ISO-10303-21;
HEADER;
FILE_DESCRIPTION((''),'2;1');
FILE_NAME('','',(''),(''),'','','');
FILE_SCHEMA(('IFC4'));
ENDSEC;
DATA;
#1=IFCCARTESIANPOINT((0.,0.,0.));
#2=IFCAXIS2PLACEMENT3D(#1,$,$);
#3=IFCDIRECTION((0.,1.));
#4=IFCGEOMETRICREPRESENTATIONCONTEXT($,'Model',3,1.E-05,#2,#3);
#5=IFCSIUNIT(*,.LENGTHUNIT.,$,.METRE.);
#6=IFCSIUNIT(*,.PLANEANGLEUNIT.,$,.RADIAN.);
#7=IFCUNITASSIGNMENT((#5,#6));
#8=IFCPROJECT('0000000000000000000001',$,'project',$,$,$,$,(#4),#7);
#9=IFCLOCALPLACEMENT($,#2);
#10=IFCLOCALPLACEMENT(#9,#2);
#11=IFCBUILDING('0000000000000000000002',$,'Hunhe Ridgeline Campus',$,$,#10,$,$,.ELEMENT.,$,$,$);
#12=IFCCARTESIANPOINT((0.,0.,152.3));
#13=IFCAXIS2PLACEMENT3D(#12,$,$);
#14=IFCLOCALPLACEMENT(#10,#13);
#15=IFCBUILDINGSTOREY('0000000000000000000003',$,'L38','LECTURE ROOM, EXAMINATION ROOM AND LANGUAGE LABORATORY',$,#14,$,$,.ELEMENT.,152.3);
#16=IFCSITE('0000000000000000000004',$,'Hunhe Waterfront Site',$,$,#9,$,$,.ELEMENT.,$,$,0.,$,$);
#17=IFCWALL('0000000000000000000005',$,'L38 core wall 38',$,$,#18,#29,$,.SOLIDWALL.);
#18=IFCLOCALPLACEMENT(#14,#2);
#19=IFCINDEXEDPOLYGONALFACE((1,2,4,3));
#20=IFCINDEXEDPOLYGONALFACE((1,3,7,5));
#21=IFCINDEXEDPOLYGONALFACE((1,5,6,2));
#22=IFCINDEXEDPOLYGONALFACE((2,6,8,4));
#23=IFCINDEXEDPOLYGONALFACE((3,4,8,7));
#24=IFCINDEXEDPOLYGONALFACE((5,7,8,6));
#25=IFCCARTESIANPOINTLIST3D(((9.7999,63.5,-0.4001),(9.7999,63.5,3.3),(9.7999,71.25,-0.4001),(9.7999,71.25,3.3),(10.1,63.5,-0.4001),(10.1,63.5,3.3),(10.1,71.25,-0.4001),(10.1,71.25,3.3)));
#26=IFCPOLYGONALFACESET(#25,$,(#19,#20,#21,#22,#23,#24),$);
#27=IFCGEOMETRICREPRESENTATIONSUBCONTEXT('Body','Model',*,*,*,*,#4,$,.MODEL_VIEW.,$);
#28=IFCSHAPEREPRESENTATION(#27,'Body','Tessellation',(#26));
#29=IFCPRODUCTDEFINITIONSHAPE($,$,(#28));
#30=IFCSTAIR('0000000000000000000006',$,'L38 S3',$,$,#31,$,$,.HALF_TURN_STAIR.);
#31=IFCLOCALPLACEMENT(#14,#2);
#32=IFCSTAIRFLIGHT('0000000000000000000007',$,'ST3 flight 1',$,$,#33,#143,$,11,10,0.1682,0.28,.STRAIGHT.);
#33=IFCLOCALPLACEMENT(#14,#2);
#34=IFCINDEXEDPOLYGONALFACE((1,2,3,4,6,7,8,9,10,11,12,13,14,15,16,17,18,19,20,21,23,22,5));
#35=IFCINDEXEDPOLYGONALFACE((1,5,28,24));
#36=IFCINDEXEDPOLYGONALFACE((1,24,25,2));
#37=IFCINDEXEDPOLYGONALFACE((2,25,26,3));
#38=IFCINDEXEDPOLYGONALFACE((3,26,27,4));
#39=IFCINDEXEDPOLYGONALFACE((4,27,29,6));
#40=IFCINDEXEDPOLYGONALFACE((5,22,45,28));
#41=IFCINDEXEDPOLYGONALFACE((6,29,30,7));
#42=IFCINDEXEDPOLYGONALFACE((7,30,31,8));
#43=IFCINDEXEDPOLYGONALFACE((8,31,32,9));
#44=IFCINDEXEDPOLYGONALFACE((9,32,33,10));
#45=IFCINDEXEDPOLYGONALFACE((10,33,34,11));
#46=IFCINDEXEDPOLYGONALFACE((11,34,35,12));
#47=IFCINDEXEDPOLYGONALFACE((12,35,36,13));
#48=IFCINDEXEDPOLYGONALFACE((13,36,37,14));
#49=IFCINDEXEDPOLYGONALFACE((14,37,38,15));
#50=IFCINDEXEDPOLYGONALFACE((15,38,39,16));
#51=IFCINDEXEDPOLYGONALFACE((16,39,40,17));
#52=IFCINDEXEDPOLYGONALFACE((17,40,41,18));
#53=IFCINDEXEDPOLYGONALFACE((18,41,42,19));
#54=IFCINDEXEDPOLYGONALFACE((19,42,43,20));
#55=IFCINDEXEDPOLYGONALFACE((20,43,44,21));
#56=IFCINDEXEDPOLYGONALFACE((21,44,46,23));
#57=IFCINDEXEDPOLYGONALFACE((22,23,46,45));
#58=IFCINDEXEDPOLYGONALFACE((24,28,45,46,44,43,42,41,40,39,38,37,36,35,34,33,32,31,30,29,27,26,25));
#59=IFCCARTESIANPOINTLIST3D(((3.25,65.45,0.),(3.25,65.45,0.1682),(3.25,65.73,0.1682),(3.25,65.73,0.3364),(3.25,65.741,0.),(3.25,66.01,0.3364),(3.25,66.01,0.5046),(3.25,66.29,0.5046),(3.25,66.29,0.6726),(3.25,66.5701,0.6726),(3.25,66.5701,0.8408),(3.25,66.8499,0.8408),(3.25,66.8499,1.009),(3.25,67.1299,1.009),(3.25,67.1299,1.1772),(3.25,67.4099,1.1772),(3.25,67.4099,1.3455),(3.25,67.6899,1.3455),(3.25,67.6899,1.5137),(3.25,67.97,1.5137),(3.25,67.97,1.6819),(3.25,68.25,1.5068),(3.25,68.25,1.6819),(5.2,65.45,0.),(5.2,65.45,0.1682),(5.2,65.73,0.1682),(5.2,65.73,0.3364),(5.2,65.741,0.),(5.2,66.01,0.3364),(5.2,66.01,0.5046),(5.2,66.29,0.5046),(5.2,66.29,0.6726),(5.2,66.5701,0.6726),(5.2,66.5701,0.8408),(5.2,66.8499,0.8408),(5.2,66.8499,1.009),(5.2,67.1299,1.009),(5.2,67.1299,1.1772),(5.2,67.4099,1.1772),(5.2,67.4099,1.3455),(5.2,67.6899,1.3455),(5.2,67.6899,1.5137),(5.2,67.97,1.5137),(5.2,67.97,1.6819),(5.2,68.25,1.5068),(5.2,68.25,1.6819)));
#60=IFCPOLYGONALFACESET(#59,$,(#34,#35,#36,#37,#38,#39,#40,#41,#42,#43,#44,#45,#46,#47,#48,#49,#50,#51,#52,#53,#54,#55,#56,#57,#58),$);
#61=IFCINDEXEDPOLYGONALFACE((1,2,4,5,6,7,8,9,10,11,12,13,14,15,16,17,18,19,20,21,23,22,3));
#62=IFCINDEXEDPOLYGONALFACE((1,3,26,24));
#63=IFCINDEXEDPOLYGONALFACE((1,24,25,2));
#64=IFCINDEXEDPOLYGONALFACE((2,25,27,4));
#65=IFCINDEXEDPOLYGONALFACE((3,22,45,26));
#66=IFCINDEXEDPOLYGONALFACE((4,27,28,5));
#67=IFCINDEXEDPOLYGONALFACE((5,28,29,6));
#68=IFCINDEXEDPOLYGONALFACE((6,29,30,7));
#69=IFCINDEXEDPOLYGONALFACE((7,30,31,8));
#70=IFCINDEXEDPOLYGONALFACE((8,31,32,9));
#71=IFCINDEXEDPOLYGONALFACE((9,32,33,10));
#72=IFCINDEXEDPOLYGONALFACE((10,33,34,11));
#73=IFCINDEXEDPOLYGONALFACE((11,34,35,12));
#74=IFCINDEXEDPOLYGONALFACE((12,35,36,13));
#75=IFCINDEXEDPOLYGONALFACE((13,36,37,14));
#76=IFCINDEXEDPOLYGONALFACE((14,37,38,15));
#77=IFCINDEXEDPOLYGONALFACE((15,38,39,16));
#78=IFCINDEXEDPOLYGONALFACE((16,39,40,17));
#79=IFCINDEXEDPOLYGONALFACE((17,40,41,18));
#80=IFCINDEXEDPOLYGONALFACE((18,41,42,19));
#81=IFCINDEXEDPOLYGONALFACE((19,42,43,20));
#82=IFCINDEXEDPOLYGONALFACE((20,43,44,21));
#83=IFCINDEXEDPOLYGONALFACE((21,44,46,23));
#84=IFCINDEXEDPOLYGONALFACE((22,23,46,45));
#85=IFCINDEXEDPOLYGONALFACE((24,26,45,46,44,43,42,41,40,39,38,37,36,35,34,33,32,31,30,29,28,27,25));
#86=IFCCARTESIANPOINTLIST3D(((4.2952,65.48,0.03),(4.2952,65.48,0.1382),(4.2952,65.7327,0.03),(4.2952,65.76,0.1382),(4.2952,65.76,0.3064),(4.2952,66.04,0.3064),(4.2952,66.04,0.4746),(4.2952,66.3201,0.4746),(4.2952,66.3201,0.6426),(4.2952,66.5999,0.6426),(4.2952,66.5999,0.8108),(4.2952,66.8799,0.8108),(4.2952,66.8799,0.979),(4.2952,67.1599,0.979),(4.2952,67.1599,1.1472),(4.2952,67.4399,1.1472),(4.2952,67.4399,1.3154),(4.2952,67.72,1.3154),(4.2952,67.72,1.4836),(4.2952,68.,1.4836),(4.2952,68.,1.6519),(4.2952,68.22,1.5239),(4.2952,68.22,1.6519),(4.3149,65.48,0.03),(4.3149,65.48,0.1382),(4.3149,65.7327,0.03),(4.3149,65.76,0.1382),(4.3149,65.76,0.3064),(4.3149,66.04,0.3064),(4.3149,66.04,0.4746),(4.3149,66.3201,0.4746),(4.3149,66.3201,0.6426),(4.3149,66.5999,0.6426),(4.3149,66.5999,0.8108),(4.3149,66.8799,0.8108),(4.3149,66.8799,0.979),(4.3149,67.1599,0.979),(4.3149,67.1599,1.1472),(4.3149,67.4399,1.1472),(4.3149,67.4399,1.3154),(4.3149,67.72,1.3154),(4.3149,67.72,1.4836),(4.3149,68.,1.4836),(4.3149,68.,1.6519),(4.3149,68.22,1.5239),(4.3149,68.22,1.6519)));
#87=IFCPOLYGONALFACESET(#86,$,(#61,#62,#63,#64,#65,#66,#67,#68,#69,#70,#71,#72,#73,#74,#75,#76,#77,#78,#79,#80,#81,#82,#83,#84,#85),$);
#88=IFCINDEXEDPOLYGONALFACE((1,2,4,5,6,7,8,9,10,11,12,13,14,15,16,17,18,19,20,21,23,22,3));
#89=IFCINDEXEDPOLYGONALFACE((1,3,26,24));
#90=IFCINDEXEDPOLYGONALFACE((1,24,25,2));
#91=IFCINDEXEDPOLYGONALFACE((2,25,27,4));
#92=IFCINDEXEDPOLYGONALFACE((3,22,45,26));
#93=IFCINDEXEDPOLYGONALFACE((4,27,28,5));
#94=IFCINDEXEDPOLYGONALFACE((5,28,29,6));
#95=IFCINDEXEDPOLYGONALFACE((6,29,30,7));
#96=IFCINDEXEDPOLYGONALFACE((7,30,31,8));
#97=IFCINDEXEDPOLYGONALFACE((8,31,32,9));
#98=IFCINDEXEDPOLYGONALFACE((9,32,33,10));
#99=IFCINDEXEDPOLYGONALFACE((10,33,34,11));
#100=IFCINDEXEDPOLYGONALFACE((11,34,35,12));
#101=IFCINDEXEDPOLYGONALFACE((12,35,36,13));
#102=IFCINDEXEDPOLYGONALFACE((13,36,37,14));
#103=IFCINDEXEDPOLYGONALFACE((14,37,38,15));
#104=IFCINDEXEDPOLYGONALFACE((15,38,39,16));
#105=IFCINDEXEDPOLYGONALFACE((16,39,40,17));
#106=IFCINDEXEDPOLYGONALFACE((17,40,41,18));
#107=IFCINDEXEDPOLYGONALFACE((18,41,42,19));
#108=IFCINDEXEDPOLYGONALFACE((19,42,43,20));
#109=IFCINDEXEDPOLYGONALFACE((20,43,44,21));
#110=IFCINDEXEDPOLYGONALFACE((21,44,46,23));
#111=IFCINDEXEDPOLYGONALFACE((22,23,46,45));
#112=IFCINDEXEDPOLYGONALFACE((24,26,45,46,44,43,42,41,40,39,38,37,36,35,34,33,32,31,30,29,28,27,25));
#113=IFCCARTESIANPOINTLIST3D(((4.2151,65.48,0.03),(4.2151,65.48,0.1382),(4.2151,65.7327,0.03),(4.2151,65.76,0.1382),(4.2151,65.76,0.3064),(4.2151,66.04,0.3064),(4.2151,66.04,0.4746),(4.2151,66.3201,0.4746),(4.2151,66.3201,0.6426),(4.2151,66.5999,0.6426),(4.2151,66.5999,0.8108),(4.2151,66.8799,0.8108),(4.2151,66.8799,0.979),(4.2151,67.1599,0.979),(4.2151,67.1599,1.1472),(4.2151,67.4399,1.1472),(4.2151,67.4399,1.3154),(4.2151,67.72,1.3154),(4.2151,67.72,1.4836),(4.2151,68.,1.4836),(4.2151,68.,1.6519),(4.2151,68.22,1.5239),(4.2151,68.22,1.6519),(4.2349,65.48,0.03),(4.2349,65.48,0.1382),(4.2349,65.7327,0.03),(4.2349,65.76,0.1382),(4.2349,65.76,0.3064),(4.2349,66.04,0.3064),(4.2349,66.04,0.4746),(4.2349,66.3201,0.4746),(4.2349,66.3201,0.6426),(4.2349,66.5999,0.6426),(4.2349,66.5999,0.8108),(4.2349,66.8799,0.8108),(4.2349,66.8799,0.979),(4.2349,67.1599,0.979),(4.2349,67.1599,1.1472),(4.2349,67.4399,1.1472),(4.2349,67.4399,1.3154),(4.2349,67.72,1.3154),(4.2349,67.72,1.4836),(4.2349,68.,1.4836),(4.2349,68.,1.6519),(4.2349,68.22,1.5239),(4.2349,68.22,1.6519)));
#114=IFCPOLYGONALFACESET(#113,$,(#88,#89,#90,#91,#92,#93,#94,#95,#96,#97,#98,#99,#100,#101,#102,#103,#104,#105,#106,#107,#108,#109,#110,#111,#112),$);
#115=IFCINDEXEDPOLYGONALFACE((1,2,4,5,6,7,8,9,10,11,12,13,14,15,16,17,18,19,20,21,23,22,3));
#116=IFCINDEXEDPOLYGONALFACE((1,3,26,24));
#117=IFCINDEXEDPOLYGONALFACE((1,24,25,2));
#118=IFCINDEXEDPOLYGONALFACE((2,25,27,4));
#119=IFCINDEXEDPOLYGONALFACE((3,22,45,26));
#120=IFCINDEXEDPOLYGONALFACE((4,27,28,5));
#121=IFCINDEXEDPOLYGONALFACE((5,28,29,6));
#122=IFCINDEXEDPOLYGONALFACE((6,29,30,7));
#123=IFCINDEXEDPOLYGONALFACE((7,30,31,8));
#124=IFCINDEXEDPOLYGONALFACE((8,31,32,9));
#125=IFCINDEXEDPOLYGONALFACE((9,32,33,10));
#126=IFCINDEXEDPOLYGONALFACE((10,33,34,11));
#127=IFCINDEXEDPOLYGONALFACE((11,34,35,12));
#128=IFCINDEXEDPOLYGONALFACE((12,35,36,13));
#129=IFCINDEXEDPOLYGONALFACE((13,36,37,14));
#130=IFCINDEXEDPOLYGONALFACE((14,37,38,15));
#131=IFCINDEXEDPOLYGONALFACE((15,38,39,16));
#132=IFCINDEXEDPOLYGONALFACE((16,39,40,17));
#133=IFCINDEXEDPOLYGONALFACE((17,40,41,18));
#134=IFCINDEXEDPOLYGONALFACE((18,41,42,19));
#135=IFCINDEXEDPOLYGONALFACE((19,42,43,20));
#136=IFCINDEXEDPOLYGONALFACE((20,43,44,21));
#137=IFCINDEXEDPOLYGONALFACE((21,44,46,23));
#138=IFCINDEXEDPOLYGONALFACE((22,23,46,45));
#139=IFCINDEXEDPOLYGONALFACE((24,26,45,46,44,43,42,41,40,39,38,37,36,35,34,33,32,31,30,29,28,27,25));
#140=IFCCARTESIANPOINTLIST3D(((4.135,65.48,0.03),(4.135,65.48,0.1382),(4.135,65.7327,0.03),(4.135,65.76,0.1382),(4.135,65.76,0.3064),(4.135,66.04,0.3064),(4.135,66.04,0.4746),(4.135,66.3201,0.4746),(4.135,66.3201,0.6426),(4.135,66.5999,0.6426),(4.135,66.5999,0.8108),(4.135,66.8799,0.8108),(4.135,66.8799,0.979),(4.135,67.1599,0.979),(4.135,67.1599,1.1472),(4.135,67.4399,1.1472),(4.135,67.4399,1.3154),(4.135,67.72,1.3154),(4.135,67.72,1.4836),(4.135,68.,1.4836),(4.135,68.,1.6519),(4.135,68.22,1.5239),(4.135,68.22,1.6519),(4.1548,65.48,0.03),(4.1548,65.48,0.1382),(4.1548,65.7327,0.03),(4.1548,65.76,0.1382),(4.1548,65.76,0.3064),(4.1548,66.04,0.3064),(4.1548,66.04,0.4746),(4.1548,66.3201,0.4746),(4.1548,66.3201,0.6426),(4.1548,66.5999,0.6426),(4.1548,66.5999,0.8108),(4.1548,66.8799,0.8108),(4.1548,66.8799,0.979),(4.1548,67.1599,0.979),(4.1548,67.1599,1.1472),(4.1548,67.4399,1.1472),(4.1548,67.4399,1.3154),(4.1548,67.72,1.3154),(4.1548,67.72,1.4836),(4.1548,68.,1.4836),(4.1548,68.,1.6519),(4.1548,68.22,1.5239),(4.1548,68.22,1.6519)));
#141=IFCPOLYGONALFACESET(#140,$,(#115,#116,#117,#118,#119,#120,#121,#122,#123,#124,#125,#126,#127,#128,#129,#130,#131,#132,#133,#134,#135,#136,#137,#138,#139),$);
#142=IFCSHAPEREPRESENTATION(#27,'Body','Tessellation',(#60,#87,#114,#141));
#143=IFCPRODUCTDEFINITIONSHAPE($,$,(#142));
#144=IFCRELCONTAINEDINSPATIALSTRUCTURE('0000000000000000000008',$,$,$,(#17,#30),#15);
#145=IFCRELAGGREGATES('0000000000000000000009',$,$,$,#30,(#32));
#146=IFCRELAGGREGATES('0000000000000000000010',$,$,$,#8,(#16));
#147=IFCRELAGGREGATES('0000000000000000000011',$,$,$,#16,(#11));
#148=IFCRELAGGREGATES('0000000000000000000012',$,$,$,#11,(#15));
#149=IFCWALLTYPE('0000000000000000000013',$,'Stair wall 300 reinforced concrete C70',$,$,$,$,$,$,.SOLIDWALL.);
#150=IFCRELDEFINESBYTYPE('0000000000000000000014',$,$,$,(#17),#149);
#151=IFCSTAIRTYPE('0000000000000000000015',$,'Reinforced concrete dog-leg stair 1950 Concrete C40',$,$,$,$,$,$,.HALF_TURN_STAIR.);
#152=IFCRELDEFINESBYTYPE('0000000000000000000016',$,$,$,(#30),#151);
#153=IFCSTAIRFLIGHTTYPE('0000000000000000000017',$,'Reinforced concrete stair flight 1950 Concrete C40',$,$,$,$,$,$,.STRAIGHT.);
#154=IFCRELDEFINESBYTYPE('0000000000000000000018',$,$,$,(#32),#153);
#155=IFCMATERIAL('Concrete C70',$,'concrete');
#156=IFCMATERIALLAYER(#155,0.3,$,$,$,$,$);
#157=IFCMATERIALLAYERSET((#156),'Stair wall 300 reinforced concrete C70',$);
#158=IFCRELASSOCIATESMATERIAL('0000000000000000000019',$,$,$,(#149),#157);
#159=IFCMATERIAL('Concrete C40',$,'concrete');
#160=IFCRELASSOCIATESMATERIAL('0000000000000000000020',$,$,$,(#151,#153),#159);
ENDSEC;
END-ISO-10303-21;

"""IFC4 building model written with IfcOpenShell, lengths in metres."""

from ifc_helpers import new_model, si_unit, direction, frame, frame_2d, origin, place, context, subcontext, project, spatial, polyline, rectangle, outline, extrude, material, layer, layer_set, type_object, element, aggregate, save


model = new_model("IFC4")

# Units and contexts
model_context = context("Model", 3, precision=1e-05, world=origin(), true_north=direction((0.0, 1.0)))
body_context = subcontext(model_context, "Body", "Model", "MODEL_VIEW")
ifc_project = project(units=[si_unit("LENGTHUNIT", "METRE"), si_unit("PLANEANGLEUNIT", "RADIAN")], contexts=[model_context])

# Site, building, storey
site_placement = place(None, origin())
site = spatial("IfcSite", under=ifc_project, at=site_placement, Name="Hunhe Waterfront Site", CompositionType="ELEMENT", RefElevation=0.0)
building_placement = place(site_placement, origin())
building = spatial("IfcBuilding", under=site, at=building_placement, Name="Hunhe Ridgeline Campus", CompositionType="ELEMENT")
storey_placement = place(building_placement, frame((0.0, 0.0, 152.3)))
storey = spatial("IfcBuildingStorey", under=building, at=storey_placement, Name="L38", Description="LECTURE ROOM, EXAMINATION ROOM AND LANGUAGE LABORATORY", CompositionType="ELEMENT", Elevation=152.3)

# Shared definitions
ifc_material_1 = material(Name="Concrete C70", Category="concrete")

# Shared definitions
ifc_layer_1 = layer(ifc_material_1, 0.3)
ifc_layer_set_1 = layer_set([ifc_layer_1], Name="Stair wall 300 reinforced concrete C70")
wall_type_1 = type_object("IfcWallType", Name="Stair wall 300 reinforced concrete C70", PredefinedType="SOLIDWALL", material=ifc_layer_set_1)

# Wall
wall_1_placement = place(storey_placement, frame((9.95, 63.5, -0.4001), z_axis=(0.0, 0.0, 1.0), x_axis=(0.0, 1.0, 0.0)))
element("IfcWall", 1, at=wall_1_placement, inside=storey, type_object=wall_type_1, Name="L38 core wall 38", PredefinedType="SOLIDWALL", context=body_context, shape_type="SweptSolid", body=[
    extrude(rectangle(XDim=7.75, YDim=0.3, at=frame_2d((3.875, 0.0))), origin(), (0.0, 0.0, 1.0), 3.7002),
])

# Stair, stair flight
ifc_material_2 = material(Name="Concrete C40", Category="concrete")
stair_type = type_object("IfcStairType", Name="Reinforced concrete dog-leg stair 1950 Concrete C40", PredefinedType="HALF_TURN_STAIR", material=ifc_material_2)
stair_1_placement = place(storey_placement, origin())
stair_1 = element("IfcStair", 2, at=stair_1_placement, inside=storey, type_object=stair_type, Name="L38 S3", PredefinedType="HALF_TURN_STAIR")
stair_flight_type = type_object("IfcStairFlightType", Name="Reinforced concrete stair flight 1950 Concrete C40", PredefinedType="STRAIGHT", material=ifc_material_2)
stair_flight_1_placement = place(storey_placement, frame((4.2251, 65.45, 0.0), z_axis=(0.0, 0.0, 1.0), x_axis=(0.0, 1.0, 0.0)))
stair_flight_1 = element("IfcStairFlight", 3, at=stair_flight_1_placement, type_object=stair_flight_type, Name="ST3 flight 1", NumberOfRisers=11, NumberOfTreads=10, PredefinedType="STRAIGHT", RiserHeight=0.1682, TreadLength=0.28, context=body_context, shape_type="SweptSolid", body=[
    extrude(outline(polyline([(0.0, 0.0), (0.0, 0.1682), (0.28, 0.1682), (0.28, 0.3364), (0.5601, 0.3364), (0.5601, 0.5046), (0.8401, 0.5046), (0.8401, 0.6726), (1.1201, 0.6726), (1.1201, 0.8408), (1.3999, 0.8408), (1.3999, 1.009), (1.6799, 1.009), (1.6799, 1.1772), (1.96, 1.1772), (1.96, 1.3455), (2.24, 1.3455), (2.24, 1.5137), (2.52, 1.5137), (2.52, 1.6819), (2.8, 1.6819), (2.8, 1.8501), (2.8, 1.5068), (0.291, 0.0), (0.0, 0.0)])), frame((0.0, 0.9751, 0.0), z_axis=(0.0, -1.0, 0.0), x_axis=(1.0, 0.0, 0.0)), (0.0, 0.0, 1.0), 1.95),
    extrude(outline(polyline([(0.03, 0.03), (0.03, 0.1382), (0.3101, 0.1382), (0.3101, 0.3064), (0.5901, 0.3064), (0.5901, 0.4746), (0.8701, 0.4746), (0.8701, 0.6426), (1.1499, 0.6426), (1.1499, 0.8108), (1.4299, 0.8108), (1.4299, 0.979), (1.71, 0.979), (1.71, 1.1472), (1.99, 1.1472), (1.99, 1.3154), (2.27, 1.3154), (2.27, 1.4836), (2.55, 1.4836), (2.55, 1.6519), (2.77, 1.6519), (2.77, 1.5239), (0.2827, 0.03), (0.03, 0.03)])), frame((0.0, -0.0701, 0.0), z_axis=(0.0, -1.0, 0.0), x_axis=(1.0, 0.0, 0.0)), (0.0, 0.0, 1.0), 0.0198),
    extrude(outline(polyline([(0.03, 0.03), (0.03, 0.1382), (0.3101, 0.1382), (0.3101, 0.3064), (0.5901, 0.3064), (0.5901, 0.4746), (0.8701, 0.4746), (0.8701, 0.6426), (1.1499, 0.6426), (1.1499, 0.8108), (1.4299, 0.8108), (1.4299, 0.979), (1.71, 0.979), (1.71, 1.1472), (1.99, 1.1472), (1.99, 1.3154), (2.27, 1.3154), (2.27, 1.4836), (2.55, 1.4836), (2.55, 1.6519), (2.77, 1.6519), (2.77, 1.5239), (0.2827, 0.03), (0.03, 0.03)])), frame((0.0, 0.01, 0.0), z_axis=(0.0, -1.0, 0.0), x_axis=(1.0, 0.0, 0.0)), (0.0, 0.0, 1.0), 0.0198),
    extrude(outline(polyline([(0.03, 0.03), (0.03, 0.1382), (0.3101, 0.1382), (0.3101, 0.3064), (0.5901, 0.3064), (0.5901, 0.4746), (0.8701, 0.4746), (0.8701, 0.6426), (1.1499, 0.6426), (1.1499, 0.8108), (1.4299, 0.8108), (1.4299, 0.979), (1.71, 0.979), (1.71, 1.1472), (1.99, 1.1472), (1.99, 1.3154), (2.27, 1.3154), (2.27, 1.4836), (2.55, 1.4836), (2.55, 1.6519), (2.77, 1.6519), (2.77, 1.5239), (0.2827, 0.03), (0.03, 0.03)])), frame((0.0, 0.0901, 0.0), z_axis=(0.0, -1.0, 0.0), x_axis=(1.0, 0.0, 0.0)), (0.0, 0.0, 1.0), 0.0198),
])
aggregate(stair_1, [stair_flight_1])

save(model, "model.ifc")
